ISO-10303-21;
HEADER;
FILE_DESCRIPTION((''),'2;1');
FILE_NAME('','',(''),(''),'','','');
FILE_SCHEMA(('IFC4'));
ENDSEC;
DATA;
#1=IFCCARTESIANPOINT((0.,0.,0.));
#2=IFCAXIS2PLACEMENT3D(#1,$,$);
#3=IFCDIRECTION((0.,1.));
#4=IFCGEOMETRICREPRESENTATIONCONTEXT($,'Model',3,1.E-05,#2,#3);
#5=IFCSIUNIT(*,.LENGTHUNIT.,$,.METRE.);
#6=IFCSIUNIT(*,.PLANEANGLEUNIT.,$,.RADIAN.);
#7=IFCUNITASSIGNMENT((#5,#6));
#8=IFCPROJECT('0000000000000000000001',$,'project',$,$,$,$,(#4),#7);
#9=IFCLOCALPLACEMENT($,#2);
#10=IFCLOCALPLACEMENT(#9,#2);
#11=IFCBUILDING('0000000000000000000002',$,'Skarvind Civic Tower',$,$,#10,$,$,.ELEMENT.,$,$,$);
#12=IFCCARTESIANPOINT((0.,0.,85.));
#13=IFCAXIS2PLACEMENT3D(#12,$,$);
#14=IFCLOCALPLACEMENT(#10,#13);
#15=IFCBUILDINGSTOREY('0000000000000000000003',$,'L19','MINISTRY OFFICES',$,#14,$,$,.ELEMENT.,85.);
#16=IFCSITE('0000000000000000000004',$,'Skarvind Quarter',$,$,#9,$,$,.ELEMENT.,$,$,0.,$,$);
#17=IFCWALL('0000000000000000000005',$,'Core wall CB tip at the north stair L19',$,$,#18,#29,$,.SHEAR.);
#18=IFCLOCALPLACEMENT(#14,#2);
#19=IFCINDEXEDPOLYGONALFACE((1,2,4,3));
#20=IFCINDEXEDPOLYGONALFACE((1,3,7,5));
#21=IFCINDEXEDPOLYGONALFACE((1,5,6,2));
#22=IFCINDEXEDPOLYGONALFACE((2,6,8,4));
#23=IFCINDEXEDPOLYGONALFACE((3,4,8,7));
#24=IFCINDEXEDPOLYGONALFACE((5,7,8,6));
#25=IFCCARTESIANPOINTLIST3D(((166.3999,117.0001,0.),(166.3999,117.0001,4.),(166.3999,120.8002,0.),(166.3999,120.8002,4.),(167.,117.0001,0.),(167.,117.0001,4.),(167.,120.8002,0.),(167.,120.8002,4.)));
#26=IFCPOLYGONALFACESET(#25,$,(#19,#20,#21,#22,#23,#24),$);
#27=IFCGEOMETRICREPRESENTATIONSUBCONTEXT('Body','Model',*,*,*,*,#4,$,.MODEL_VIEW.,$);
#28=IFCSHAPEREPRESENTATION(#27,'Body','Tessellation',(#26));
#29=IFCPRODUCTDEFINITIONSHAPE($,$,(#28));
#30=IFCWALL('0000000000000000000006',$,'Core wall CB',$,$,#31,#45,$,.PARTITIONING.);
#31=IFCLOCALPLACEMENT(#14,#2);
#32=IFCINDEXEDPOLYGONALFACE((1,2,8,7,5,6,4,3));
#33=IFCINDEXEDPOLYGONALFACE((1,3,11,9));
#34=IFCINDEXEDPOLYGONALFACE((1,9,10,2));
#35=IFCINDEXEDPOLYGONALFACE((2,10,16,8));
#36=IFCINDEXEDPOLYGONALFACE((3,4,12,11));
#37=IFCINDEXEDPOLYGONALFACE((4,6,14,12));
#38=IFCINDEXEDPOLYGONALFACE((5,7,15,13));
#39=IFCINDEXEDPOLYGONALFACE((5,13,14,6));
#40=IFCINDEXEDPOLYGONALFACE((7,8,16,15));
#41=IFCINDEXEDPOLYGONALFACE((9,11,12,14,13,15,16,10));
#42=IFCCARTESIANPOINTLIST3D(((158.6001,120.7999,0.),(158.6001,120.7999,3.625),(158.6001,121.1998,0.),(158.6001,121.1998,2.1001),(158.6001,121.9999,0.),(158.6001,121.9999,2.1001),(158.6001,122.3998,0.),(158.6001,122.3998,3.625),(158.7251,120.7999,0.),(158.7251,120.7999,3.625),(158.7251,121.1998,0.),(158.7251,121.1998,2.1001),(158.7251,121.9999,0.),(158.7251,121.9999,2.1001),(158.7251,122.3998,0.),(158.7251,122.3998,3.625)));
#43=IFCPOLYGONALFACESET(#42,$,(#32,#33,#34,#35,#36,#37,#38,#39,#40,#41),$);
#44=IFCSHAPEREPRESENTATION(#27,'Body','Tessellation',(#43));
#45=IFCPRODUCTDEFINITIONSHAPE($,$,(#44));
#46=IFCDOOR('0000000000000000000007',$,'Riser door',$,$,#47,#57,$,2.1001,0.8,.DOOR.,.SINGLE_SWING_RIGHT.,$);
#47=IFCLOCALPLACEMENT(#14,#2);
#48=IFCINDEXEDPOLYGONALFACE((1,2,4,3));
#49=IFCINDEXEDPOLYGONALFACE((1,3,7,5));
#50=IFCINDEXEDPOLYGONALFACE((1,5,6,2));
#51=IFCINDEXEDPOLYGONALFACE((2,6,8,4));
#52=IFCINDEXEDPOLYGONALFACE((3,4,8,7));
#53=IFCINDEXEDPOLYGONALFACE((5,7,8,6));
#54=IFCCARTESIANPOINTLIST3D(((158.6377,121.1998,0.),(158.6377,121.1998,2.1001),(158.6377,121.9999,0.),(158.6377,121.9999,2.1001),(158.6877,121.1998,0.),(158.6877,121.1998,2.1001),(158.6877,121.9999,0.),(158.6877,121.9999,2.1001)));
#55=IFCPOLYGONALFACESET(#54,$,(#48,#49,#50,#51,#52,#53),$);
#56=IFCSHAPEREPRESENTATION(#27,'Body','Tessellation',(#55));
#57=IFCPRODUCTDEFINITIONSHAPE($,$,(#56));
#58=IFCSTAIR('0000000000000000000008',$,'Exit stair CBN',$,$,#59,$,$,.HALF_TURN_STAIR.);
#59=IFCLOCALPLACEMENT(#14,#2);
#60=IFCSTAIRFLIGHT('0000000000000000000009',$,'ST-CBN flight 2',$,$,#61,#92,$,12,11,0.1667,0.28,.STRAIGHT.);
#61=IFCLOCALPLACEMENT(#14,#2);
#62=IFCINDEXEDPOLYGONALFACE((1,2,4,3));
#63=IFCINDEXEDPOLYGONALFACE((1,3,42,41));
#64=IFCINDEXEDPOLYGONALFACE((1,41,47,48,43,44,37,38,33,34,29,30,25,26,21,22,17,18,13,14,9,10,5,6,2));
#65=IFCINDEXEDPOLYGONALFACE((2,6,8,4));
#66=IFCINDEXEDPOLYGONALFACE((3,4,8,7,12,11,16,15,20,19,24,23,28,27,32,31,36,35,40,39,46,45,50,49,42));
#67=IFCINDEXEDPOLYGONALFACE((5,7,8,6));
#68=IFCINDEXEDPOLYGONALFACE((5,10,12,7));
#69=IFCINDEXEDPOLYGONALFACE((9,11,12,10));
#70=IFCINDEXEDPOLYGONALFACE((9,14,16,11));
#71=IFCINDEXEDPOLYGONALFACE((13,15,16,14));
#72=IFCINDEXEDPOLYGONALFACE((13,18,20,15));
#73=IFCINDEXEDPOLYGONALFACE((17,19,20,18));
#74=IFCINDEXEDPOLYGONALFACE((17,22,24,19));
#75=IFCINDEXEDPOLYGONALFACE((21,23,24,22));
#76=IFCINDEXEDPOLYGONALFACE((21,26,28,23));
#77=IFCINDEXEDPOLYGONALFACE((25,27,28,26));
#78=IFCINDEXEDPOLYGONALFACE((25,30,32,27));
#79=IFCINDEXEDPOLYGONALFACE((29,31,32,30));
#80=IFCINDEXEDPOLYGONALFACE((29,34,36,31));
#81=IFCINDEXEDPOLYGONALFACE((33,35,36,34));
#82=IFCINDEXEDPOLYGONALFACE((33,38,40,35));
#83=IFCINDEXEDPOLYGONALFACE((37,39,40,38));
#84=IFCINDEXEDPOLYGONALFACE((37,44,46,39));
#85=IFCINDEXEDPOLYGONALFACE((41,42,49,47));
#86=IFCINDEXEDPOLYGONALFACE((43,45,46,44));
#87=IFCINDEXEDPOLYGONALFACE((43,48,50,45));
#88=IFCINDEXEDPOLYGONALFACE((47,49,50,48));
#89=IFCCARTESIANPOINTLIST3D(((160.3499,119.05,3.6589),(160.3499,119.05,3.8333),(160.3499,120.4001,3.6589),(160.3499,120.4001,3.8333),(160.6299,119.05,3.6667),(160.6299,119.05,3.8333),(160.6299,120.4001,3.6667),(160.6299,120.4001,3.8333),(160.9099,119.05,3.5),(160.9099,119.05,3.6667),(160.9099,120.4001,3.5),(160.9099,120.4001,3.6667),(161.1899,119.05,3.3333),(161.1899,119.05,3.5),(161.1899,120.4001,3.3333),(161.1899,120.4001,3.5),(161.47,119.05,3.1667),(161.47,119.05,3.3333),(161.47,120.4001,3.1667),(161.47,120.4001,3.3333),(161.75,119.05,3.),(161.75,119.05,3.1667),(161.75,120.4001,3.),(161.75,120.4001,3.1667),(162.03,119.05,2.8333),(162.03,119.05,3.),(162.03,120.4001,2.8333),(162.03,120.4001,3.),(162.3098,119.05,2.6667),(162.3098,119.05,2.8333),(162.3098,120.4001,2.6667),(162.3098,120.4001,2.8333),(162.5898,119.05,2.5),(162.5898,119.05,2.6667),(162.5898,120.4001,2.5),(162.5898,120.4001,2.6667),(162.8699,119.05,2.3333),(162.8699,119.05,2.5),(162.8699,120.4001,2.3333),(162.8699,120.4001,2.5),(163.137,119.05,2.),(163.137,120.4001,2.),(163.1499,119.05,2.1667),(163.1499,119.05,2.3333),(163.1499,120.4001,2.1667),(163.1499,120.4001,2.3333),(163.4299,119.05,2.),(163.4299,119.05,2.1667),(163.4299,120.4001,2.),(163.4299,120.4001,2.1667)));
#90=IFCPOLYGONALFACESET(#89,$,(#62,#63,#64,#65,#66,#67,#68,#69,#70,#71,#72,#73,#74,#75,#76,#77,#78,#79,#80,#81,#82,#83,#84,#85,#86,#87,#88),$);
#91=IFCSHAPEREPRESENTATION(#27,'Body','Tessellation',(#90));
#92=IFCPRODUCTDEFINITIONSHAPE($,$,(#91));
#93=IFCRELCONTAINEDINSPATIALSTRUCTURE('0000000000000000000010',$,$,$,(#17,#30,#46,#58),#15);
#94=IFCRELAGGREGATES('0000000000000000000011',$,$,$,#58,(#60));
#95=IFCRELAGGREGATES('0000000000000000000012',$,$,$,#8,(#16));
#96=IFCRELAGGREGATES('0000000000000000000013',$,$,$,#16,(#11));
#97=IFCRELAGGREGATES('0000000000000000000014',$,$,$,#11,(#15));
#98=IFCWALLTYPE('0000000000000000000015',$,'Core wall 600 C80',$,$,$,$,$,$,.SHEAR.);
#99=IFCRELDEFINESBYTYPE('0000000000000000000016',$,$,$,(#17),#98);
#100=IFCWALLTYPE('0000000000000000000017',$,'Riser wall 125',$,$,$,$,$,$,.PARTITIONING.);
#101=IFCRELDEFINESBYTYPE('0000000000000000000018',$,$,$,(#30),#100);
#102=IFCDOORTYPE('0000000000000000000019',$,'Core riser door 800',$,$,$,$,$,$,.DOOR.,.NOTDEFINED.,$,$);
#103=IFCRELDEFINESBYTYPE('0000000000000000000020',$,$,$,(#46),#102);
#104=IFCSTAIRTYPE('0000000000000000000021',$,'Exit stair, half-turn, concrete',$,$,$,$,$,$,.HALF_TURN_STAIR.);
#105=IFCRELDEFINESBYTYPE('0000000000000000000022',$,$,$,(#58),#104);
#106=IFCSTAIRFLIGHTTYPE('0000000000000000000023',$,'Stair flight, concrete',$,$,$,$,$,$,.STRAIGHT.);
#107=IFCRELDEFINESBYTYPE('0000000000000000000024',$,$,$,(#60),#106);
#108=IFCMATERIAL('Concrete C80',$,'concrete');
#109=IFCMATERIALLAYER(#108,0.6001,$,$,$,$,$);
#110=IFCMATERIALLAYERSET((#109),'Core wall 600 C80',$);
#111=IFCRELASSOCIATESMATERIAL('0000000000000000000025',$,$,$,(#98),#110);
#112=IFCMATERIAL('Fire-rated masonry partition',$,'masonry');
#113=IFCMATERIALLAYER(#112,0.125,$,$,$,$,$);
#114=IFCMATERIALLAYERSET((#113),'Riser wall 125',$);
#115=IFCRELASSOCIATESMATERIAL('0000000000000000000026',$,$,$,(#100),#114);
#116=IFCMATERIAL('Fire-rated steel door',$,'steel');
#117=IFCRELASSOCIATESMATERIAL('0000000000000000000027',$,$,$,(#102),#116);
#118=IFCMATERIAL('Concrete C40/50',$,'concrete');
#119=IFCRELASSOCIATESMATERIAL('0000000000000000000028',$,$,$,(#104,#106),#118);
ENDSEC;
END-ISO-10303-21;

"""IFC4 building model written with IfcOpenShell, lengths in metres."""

from ifc_helpers import new_model, si_unit, direction, frame, frame_2d, origin, place, context, subcontext, project, spatial, polyline, rectangle, outline, extrude, material, layer, layer_set, type_object, element, fill, aggregate, save


model = new_model("IFC4")

# Units and contexts
model_context = context("Model", 3, precision=1e-05, world=origin(), true_north=direction((0.0, 1.0)))
body_context = subcontext(model_context, "Body", "Model", "MODEL_VIEW")
ifc_project = project(units=[si_unit("LENGTHUNIT", "METRE"), si_unit("PLANEANGLEUNIT", "RADIAN")], contexts=[model_context])

# Site, building, storey
site_placement = place(None, origin())
site = spatial("IfcSite", under=ifc_project, at=site_placement, Name="Skarvind Quarter", CompositionType="ELEMENT", RefElevation=0.0)
building_placement = place(site_placement, origin())
building = spatial("IfcBuilding", under=site, at=building_placement, Name="Skarvind Civic Tower", CompositionType="ELEMENT")
storey_placement = place(building_placement, frame((0.0, 0.0, 85.0)))
storey = spatial("IfcBuildingStorey", under=building, at=storey_placement, Name="L19", Description="MINISTRY OFFICES", CompositionType="ELEMENT", Elevation=85.0)

# Shared definitions
ifc_material_1 = material(Name="Fire-rated masonry partition", Category="masonry")
ifc_material_2 = material(Name="Fire-rated steel door", Category="steel")

# Shared definitions
ifc_material_3 = material(Name="Concrete C80", Category="concrete")

# Wall
ifc_layer_1 = layer(ifc_material_3, 0.6001)
ifc_layer_set_1 = layer_set([ifc_layer_1], Name="Core wall 600 C80")
wall_type_1 = type_object("IfcWallType", Name="Core wall 600 C80", PredefinedType="SHEAR", material=ifc_layer_set_1)
wall_1_placement = place(storey_placement, frame((166.7, 120.8, 0.0), z_axis=(0.0, 0.0, 1.0), x_axis=(0.0, -1.0, 0.0)))
element("IfcWall", 1, at=wall_1_placement, inside=storey, type_object=wall_type_1, Name="Core wall CB tip at the north stair L19", PredefinedType="SHEAR", context=body_context, shape_type="SweptSolid", body=[
    extrude(rectangle(XDim=3.8, YDim=0.6001, at=frame_2d((1.8999, 0.0))), origin(), (0.0, 0.0, 1.0), 4.0),
])

# Wall, opening, door
ifc_layer_2 = layer(ifc_material_1, 0.125)
ifc_layer_set_2 = layer_set([ifc_layer_2], Name="Riser wall 125")
wall_type_2 = type_object("IfcWallType", Name="Riser wall 125", PredefinedType="PARTITIONING", material=ifc_layer_set_2)
wall_2_placement = place(storey_placement, frame((158.6626, 120.8, 0.0), z_axis=(0.0, 0.0, 1.0), x_axis=(0.0, 1.0, 0.0)))
wall_2 = element("IfcWall", 2, at=wall_2_placement, inside=storey, type_object=wall_type_2, Name="Core wall CB", PredefinedType="PARTITIONING", context=body_context, shape_type="SweptSolid", body=[
    extrude(rectangle(XDim=1.5999, YDim=0.125, at=frame_2d((0.7998, 0.0))), origin(), (0.0, 0.0, 1.0), 3.625),
])
opening_1_placement = place(wall_2_placement, frame((0.3999, 0.0, 0.0)))
opening_1 = element("IfcOpeningElement", 3, at=opening_1_placement, cuts=wall_2, PredefinedType="OPENING", context=body_context, shape_type="SweptSolid", body=[
    extrude(rectangle(XDim=0.8, YDim=2.1001, at=frame_2d((0.3999, 1.05))), frame((0.0, 0.0725, 0.0), z_axis=(0.0, -1.0, 0.0), x_axis=(1.0, 0.0, 0.0)), (0.0, 0.0, 1.0), 0.145),
])
door_type_1 = type_object("IfcDoorType", Name="Core riser door 800", OperationType="NOTDEFINED", PredefinedType="DOOR", material=ifc_material_2)
door_1_placement = place(opening_1_placement, origin())
door_1 = element("IfcDoor", 4, at=door_1_placement, inside=storey, type_object=door_type_1, Name="Riser door", OperationType="SINGLE_SWING_RIGHT", OverallHeight=2.1001, OverallWidth=0.8, PredefinedType="DOOR", context=body_context, shape_type="SweptSolid", body=[
    extrude(rectangle(XDim=0.8, YDim=2.1001, at=frame_2d((0.3999, 1.05))), frame((0.0, 0.0249, 0.0), z_axis=(0.0, -1.0, 0.0), x_axis=(1.0, 0.0, 0.0)), (0.0, 0.0, 1.0), 0.05),
])
fill(opening_1, door_1)

# Stair, stair flight
ifc_material_4 = material(Name="Concrete C40/50", Category="concrete")
stair_type = type_object("IfcStairType", Name="Exit stair, half-turn, concrete", PredefinedType="HALF_TURN_STAIR", material=ifc_material_4)
stair_placement = place(storey_placement, origin())
stair = element("IfcStair", 5, at=stair_placement, inside=storey, type_object=stair_type, Name="Exit stair CBN", PredefinedType="HALF_TURN_STAIR")
stair_flight_type = type_object("IfcStairFlightType", Name="Stair flight, concrete", PredefinedType="STRAIGHT", material=ifc_material_4)
stair_flight_placement = place(storey_placement, frame((163.4299, 119.7251, 2.0), z_axis=(0.0, 0.0, 1.0), x_axis=(-1.0, 0.0, 0.0)))
stair_flight = element("IfcStairFlight", 6, at=stair_flight_placement, type_object=stair_flight_type, Name="ST-CBN flight 2", NumberOfRisers=12, NumberOfTreads=11, PredefinedType="STRAIGHT", RiserHeight=0.1667, TreadLength=0.28, context=body_context, shape_type="SweptSolid", body=[
    extrude(outline(polyline([(0.0, 0.0), (0.0, 0.1667), (0.28, 0.1667), (0.28, 0.3333), (0.5601, 0.3333), (0.5601, 0.5), (0.8401, 0.5), (0.8401, 0.6667), (1.1201, 0.6667), (1.1201, 0.8333), (1.3999, 0.8333), (1.3999, 1.0), (1.6799, 1.0), (1.6799, 1.1667), (1.96, 1.1667), (1.96, 1.3333), (2.24, 1.3333), (2.24, 1.5), (2.52, 1.5), (2.52, 1.6667), (2.8, 1.6667), (2.8, 1.8333), (3.0801, 1.8333), (3.0801, 2.0), (3.0801, 1.6589), (0.293, 0.0), (0.0, 0.0)])), frame((0.0, 0.675, 0.0), z_axis=(0.0, -1.0, 0.0), x_axis=(1.0, 0.0, 0.0)), (0.0, 0.0, 1.0), 1.3501),
])
aggregate(stair, [stair_flight])

save(model, "model.ifc")
